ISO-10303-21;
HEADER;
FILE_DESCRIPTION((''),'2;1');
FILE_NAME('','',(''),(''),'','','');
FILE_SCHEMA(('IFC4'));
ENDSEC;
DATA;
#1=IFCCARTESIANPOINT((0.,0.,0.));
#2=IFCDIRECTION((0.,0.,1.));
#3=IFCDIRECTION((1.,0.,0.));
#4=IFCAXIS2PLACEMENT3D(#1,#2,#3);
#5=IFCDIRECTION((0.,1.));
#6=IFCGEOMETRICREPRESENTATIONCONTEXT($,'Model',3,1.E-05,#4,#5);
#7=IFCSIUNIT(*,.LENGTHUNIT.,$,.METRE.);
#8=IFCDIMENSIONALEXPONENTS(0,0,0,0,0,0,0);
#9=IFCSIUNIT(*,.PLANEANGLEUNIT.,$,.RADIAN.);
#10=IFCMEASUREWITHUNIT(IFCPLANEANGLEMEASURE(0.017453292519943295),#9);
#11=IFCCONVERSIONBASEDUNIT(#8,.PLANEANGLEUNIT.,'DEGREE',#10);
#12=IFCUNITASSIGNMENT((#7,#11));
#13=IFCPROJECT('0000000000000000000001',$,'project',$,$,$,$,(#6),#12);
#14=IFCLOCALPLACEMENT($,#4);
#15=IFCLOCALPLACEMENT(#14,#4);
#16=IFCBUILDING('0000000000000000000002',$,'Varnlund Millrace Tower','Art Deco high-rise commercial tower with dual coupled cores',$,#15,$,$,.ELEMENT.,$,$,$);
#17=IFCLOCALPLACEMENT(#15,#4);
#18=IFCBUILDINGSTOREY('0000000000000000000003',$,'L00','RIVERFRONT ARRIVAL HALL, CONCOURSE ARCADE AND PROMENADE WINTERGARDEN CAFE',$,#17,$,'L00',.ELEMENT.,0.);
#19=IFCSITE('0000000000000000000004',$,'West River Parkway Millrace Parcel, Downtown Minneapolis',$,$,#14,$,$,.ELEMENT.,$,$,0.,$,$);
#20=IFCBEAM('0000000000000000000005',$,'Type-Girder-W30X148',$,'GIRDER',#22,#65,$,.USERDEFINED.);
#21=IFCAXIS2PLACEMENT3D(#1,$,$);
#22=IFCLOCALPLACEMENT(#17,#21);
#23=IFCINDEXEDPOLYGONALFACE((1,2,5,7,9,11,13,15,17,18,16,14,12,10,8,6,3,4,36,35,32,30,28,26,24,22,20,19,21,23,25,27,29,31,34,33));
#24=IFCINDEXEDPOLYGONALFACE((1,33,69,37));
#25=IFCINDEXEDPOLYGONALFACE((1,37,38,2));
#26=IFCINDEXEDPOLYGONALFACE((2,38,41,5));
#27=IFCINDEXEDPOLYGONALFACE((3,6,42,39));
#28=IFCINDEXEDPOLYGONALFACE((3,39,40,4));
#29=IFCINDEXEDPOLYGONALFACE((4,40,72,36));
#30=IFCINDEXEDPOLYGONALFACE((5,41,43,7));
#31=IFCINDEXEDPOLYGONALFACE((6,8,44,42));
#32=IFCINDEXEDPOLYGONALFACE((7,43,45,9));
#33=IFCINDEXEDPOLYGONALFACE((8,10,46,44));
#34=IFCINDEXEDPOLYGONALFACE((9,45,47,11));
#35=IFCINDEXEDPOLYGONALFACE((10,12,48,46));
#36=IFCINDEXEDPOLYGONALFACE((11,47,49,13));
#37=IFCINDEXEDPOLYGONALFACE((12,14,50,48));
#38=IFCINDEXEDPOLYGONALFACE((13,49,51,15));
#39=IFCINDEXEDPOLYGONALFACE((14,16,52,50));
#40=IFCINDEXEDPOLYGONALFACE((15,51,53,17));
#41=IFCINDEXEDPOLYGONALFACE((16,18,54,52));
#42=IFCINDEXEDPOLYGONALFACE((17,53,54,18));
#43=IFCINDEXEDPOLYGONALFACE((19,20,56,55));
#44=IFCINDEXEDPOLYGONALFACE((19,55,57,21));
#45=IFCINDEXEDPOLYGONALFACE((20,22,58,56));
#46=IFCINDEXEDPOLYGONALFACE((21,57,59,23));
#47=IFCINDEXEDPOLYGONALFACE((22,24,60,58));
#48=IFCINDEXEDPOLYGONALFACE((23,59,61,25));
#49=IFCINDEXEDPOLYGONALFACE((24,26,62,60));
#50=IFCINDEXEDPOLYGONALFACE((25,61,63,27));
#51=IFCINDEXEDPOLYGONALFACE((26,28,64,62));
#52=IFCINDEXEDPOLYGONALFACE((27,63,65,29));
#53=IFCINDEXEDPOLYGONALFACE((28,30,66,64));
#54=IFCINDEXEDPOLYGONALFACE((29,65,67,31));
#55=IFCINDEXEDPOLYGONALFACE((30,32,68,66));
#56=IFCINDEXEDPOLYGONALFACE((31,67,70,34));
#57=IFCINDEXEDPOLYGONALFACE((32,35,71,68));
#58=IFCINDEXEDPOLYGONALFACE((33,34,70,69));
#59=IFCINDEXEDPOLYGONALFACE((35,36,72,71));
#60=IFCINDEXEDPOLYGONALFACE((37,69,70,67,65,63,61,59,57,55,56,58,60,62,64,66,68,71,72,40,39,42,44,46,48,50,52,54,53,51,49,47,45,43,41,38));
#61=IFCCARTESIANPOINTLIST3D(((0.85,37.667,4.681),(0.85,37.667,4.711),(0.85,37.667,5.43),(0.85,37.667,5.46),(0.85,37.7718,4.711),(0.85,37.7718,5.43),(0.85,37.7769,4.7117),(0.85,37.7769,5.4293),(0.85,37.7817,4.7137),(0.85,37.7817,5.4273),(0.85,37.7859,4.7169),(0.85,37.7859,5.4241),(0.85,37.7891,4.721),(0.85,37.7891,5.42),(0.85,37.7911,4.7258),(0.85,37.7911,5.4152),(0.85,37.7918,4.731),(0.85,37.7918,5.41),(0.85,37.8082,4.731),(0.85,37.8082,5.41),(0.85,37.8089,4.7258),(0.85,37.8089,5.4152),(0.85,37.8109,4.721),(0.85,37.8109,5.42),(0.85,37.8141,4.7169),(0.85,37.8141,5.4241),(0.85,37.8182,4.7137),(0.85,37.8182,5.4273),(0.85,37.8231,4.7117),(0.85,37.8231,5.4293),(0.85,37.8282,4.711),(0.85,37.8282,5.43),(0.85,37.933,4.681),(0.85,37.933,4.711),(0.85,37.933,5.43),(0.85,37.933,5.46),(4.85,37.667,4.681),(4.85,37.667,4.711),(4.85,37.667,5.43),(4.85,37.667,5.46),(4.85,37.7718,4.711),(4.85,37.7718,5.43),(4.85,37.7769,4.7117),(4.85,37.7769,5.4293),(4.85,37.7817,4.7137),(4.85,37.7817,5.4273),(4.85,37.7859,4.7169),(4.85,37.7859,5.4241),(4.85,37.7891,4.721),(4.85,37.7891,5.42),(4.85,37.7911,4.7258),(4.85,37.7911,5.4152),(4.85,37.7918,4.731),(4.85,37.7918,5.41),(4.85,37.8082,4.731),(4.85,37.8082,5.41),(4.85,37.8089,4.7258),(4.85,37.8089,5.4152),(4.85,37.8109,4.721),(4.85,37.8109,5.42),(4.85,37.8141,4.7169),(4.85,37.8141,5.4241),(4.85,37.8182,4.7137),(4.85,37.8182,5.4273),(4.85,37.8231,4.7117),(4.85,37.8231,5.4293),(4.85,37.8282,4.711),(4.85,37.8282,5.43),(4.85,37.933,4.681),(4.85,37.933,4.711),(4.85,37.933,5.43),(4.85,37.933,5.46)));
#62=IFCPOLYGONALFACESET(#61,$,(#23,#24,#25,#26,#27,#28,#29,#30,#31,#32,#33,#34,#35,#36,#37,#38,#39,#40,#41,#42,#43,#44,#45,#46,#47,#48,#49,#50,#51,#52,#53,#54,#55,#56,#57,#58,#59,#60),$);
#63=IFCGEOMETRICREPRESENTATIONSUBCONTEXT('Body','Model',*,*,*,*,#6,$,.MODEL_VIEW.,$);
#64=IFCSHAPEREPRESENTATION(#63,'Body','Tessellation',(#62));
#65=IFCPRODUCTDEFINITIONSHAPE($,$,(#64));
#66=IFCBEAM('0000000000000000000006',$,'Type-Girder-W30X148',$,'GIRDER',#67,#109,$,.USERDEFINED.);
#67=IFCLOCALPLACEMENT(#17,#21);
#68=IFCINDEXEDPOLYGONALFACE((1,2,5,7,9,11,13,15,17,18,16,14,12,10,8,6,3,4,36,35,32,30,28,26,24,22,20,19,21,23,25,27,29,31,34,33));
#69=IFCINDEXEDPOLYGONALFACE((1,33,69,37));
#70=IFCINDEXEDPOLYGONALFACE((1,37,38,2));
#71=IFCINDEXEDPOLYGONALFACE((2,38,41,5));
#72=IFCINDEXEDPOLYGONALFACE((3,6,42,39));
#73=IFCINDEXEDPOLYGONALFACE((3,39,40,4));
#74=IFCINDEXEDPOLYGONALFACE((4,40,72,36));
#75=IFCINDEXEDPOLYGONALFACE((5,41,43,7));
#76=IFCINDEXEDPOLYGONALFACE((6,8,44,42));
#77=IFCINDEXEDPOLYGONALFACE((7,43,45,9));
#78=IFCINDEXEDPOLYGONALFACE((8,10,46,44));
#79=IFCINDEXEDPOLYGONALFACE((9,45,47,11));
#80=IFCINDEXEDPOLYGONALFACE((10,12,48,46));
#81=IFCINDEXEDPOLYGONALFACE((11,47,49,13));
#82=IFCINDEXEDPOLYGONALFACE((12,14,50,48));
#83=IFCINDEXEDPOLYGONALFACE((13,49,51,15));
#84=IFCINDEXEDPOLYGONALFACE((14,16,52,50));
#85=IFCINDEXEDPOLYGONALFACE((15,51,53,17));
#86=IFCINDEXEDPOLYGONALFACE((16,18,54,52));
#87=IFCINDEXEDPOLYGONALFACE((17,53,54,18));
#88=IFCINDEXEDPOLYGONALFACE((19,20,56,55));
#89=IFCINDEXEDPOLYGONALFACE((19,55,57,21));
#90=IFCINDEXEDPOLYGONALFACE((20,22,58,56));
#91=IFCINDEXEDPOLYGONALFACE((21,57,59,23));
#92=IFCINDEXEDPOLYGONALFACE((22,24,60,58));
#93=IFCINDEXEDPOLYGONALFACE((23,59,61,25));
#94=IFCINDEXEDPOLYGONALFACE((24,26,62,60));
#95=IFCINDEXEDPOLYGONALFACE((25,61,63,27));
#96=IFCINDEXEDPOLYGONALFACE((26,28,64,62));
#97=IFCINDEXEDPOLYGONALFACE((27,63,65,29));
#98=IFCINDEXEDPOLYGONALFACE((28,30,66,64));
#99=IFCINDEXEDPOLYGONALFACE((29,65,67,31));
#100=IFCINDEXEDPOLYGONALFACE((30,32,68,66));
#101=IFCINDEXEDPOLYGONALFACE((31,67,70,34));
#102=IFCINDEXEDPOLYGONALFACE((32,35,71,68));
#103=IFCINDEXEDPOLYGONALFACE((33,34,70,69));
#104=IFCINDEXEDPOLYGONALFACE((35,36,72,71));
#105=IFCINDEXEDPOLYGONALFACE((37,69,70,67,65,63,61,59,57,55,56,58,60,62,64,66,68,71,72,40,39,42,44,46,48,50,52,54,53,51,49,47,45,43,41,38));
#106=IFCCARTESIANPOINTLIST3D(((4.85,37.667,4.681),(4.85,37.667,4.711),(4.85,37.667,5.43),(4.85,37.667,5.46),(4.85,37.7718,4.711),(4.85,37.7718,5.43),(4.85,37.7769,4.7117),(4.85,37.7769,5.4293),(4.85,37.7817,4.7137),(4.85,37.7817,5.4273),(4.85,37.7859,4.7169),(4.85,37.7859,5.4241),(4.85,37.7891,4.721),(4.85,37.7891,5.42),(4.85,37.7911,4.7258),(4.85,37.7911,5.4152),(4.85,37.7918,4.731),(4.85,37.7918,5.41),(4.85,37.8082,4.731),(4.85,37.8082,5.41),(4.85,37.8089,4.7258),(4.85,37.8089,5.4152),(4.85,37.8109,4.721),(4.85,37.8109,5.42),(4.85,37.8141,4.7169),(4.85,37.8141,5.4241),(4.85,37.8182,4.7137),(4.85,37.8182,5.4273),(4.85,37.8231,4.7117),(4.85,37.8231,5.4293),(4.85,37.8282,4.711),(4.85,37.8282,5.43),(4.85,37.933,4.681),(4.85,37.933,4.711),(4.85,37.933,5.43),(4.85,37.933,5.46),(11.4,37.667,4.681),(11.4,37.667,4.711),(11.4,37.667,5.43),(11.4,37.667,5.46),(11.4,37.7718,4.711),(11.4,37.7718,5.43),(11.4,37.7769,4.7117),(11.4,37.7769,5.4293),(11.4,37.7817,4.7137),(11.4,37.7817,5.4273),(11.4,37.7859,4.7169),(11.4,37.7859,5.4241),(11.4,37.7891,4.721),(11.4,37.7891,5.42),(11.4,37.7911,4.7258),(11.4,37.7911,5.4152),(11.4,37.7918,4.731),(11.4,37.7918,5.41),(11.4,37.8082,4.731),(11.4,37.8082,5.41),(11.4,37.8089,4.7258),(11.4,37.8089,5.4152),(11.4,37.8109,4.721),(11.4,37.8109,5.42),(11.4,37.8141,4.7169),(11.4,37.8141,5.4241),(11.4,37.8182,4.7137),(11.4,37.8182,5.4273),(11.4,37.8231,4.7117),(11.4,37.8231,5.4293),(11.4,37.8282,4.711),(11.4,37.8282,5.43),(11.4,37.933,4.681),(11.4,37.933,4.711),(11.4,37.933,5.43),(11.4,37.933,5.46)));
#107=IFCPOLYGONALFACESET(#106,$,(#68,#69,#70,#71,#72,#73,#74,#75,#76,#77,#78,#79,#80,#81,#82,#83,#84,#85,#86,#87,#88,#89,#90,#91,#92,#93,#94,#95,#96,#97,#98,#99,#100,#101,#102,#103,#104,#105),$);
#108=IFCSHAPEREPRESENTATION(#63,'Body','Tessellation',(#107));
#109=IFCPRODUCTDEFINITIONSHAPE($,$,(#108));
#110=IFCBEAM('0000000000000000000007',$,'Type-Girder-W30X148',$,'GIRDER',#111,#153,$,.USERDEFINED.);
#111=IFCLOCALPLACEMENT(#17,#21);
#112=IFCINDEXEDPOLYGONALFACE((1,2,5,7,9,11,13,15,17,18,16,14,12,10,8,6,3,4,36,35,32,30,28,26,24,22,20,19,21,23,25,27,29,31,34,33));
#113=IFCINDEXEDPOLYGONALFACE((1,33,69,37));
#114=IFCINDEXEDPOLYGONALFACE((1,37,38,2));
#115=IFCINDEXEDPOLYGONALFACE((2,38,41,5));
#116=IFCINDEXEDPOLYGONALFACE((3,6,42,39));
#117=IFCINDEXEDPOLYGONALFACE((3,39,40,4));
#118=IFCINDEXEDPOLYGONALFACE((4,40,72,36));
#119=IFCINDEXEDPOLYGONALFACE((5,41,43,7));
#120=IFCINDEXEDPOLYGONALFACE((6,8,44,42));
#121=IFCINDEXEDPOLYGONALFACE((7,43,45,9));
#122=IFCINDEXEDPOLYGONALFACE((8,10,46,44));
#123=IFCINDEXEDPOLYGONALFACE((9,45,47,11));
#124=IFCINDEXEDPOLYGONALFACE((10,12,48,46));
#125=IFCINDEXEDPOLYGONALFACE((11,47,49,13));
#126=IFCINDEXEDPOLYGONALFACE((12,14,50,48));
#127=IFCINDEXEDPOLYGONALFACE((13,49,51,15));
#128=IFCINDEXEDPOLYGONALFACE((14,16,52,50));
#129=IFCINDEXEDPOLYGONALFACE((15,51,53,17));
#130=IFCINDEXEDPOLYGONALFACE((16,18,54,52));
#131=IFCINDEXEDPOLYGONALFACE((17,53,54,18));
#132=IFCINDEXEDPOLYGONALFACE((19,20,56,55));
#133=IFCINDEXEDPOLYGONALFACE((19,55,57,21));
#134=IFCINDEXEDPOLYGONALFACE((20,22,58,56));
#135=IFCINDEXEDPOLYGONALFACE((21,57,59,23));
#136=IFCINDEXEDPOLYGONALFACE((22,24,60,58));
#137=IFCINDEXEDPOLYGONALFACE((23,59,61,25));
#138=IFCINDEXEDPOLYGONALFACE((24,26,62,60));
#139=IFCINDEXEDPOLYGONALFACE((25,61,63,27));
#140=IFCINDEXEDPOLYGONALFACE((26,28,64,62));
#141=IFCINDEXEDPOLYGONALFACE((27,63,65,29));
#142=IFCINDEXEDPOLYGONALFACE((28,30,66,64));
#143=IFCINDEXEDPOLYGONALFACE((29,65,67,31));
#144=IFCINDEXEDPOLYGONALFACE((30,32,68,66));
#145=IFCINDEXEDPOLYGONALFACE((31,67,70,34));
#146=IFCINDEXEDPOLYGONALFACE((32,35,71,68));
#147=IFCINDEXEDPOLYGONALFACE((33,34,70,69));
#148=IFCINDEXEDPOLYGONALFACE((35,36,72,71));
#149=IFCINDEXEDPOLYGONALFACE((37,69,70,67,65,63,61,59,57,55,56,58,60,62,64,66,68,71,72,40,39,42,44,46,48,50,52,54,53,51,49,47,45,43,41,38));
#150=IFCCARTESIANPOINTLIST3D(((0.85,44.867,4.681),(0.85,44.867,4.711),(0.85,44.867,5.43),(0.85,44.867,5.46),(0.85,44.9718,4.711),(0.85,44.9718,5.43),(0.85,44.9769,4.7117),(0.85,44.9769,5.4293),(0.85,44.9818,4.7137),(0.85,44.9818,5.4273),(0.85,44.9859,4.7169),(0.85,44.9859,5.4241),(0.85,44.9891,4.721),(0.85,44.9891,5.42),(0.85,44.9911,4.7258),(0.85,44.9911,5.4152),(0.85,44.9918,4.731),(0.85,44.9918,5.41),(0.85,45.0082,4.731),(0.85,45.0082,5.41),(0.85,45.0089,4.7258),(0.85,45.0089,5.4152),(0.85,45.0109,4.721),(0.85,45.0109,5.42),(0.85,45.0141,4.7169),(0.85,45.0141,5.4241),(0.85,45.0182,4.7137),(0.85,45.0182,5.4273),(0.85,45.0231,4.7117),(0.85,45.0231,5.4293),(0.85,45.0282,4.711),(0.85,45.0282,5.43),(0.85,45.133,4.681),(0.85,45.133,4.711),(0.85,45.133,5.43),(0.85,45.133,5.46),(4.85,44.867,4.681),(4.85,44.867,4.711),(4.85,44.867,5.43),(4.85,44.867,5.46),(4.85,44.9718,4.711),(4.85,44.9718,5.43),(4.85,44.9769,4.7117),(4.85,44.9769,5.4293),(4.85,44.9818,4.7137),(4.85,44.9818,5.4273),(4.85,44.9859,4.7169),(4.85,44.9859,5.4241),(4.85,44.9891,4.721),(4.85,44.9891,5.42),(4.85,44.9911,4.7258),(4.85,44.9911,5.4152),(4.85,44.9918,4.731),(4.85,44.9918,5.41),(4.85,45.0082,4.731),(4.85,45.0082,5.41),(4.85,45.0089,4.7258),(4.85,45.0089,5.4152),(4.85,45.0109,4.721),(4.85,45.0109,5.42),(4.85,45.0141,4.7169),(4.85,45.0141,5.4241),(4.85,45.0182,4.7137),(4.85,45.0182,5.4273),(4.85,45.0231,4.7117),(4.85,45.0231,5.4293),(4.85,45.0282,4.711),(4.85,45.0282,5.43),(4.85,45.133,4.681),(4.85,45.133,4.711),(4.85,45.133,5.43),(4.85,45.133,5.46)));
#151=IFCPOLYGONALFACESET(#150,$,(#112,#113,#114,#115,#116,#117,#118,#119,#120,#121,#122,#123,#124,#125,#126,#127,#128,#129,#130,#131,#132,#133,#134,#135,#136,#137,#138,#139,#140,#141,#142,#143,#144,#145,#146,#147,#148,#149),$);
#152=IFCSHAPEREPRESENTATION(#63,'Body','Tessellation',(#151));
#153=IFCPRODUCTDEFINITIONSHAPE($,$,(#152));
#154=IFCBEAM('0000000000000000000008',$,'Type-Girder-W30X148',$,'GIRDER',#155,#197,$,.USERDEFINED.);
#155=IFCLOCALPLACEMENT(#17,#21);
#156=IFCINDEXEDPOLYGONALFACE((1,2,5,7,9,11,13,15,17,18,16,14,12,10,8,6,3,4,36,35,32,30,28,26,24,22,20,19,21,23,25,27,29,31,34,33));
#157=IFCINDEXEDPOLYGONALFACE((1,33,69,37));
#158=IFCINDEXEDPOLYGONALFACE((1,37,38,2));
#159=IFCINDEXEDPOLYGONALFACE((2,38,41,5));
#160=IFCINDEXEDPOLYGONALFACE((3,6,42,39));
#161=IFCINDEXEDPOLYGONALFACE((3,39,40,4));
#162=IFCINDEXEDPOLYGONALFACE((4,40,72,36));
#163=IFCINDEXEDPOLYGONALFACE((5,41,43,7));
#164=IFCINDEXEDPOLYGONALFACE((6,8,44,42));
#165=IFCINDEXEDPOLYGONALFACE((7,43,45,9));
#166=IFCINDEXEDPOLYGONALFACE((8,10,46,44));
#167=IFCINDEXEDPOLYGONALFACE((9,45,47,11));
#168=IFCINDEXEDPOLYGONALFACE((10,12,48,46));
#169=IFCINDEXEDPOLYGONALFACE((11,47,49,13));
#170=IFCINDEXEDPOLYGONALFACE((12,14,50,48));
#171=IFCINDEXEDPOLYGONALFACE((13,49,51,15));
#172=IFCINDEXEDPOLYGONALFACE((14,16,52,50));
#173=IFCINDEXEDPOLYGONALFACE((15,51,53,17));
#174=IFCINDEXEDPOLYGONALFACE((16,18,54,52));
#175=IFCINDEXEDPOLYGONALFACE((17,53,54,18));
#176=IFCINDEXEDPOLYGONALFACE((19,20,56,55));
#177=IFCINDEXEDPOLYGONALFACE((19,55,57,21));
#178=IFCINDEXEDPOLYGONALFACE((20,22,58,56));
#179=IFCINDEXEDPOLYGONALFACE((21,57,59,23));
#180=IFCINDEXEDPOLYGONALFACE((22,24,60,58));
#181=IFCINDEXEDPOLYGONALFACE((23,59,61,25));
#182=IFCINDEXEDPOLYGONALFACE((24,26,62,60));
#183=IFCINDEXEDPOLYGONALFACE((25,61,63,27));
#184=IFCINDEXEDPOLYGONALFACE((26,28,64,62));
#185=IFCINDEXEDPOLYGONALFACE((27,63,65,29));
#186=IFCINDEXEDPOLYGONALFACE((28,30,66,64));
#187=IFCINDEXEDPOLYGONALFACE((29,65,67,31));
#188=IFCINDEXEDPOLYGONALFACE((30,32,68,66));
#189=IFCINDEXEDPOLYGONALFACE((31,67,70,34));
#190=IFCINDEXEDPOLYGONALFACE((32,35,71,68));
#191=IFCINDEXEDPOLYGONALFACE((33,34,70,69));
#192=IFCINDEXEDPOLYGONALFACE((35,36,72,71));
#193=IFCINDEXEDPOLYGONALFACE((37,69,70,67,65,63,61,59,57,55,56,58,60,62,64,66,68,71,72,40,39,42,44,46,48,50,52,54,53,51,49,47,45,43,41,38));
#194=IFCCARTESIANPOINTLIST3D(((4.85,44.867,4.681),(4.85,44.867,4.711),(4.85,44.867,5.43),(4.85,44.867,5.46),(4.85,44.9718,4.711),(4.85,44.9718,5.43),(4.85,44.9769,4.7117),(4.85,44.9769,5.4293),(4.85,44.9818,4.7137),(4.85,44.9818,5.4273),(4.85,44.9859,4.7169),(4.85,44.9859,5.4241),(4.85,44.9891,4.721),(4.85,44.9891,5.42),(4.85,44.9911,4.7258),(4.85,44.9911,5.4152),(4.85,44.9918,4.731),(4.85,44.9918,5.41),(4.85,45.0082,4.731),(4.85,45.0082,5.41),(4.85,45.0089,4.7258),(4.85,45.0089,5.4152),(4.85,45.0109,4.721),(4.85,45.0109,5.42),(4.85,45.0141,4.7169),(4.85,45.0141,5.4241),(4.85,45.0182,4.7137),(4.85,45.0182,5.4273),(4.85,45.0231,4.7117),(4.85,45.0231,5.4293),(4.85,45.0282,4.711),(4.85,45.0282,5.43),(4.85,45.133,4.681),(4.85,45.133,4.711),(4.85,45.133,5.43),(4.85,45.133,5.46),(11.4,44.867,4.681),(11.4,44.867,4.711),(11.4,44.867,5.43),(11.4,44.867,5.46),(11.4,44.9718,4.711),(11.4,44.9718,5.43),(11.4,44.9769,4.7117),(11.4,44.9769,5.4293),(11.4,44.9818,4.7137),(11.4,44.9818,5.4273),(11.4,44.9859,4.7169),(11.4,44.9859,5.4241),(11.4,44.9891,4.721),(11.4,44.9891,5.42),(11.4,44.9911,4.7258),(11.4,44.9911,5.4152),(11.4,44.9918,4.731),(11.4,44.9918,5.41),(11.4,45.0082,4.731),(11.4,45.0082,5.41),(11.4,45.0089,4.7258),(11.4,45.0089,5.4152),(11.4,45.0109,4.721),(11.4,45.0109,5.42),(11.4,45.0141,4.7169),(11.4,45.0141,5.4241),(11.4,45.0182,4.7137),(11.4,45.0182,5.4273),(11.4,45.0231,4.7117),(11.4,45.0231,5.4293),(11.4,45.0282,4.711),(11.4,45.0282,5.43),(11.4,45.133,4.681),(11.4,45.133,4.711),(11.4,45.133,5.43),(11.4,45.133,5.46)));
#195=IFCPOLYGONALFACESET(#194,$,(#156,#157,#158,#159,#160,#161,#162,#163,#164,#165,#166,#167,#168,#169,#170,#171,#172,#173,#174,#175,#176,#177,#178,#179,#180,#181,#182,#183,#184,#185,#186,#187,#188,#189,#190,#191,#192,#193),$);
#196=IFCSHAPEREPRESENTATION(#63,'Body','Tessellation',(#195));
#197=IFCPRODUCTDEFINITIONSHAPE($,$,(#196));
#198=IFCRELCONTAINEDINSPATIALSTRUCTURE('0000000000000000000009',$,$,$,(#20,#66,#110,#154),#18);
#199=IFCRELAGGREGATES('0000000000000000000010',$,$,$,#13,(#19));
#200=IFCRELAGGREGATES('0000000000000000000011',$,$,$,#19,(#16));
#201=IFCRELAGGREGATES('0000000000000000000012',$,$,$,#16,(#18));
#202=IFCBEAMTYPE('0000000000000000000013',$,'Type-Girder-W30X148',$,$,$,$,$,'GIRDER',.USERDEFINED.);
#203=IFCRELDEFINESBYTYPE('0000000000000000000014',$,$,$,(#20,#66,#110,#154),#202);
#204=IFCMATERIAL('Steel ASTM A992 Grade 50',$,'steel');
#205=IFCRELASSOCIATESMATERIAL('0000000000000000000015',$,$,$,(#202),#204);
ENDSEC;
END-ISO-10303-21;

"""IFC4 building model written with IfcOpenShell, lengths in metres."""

from ifc_helpers import new_model, entity, si_unit, converted_unit, direction, frame, origin_with_axes, origin_2d_with_axis, place, context, subcontext, project, spatial, i_section, extrude, material, material_profile, profile_set, type_object, element, save


model = new_model("IFC4")

# Units and contexts
model_context = context("Model", 3, precision=1e-05, world=origin_with_axes(), true_north=direction((0.0, 1.0)))
body_context = subcontext(model_context, "Body", "Model", "MODEL_VIEW")
ifc_project = project(units=[si_unit("LENGTHUNIT", "METRE"), converted_unit("PLANEANGLEUNIT", "DEGREE", entity("IfcPlaneAngleMeasure", 0.017453292519943295), si_unit("PLANEANGLEUNIT", "RADIAN"), dimensions=[0, 0, 0, 0, 0, 0, 0])], contexts=[model_context])

# Site, building, storey
site_placement = place(None, origin_with_axes())
site = spatial("IfcSite", under=ifc_project, at=site_placement, Name="West River Parkway Millrace Parcel, Downtown Minneapolis", CompositionType="ELEMENT", RefElevation=0.0)
building_placement = place(site_placement, origin_with_axes())
building = spatial("IfcBuilding", under=site, at=building_placement, Name="Varnlund Millrace Tower", Description="Art Deco high-rise commercial tower with dual coupled cores", CompositionType="ELEMENT")
storey_placement = place(building_placement, origin_with_axes())
storey = spatial("IfcBuildingStorey", under=building, at=storey_placement, Name="L00", Description="RIVERFRONT ARRIVAL HALL, CONCOURSE ARCADE AND PROMENADE WINTERGARDEN CAFE", LongName="L00", CompositionType="ELEMENT", Elevation=0.0)

# Beams
ifc_material_1 = material(Name="Steel ASTM A992 Grade 50", Category="steel")
ifc_material_profile_1 = material_profile(ifc_material_1, i_section(OverallWidth=0.266, OverallDepth=0.779, WebThickness=0.0165, FlangeThickness=0.03, FilletRadius=0.02, at=origin_2d_with_axis()), Name="Steel ASTM A992 Grade 50")
ifc_profile_set_1 = profile_set([ifc_material_profile_1], Name="Steel ASTM A992 Grade 50")
beam_type_1 = type_object("IfcBeamType", Name="Type-Girder-W30X148", ElementType="GIRDER", PredefinedType="USERDEFINED", material=ifc_profile_set_1)
beam_1_placement = place(storey_placement, frame((0.85, 37.8, 5.0705), z_axis=(1.0, 0.0, 0.0), x_axis=(0.0, 1.0, 0.0)))
element("IfcBeam", 1, at=beam_1_placement, inside=storey, type_object=beam_type_1, Name="Type-Girder-W30X148", ObjectType="GIRDER", PredefinedType="USERDEFINED", context=body_context, shape_type="SweptSolid", body=[
    extrude(i_section(OverallWidth=0.266, OverallDepth=0.779, WebThickness=0.0165, FlangeThickness=0.03, FilletRadius=0.02, at=origin_2d_with_axis()), origin_with_axes(), (0.0, 0.0, 1.0), 4.0),
])
beam_2_placement = place(storey_placement, frame((4.85, 37.8, 5.0705), z_axis=(1.0, 0.0, 0.0), x_axis=(0.0, 1.0, 0.0)))
element("IfcBeam", 2, at=beam_2_placement, inside=storey, type_object=beam_type_1, Name="Type-Girder-W30X148", ObjectType="GIRDER", PredefinedType="USERDEFINED", context=body_context, shape_type="SweptSolid", body=[
    extrude(i_section(OverallWidth=0.266, OverallDepth=0.779, WebThickness=0.0165, FlangeThickness=0.03, FilletRadius=0.02, at=origin_2d_with_axis()), origin_with_axes(), (0.0, 0.0, 1.0), 6.55),
])
beam_3_placement = place(storey_placement, frame((0.85, 45.0, 5.0705), z_axis=(1.0, 0.0, 0.0), x_axis=(0.0, 1.0, 0.0)))
element("IfcBeam", 3, at=beam_3_placement, inside=storey, type_object=beam_type_1, Name="Type-Girder-W30X148", ObjectType="GIRDER", PredefinedType="USERDEFINED", context=body_context, shape_type="SweptSolid", body=[
    extrude(i_section(OverallWidth=0.266, OverallDepth=0.779, WebThickness=0.0165, FlangeThickness=0.03, FilletRadius=0.02, at=origin_2d_with_axis()), origin_with_axes(), (0.0, 0.0, 1.0), 4.0),
])
beam_4_placement = place(storey_placement, frame((4.85, 45.0, 5.0705), z_axis=(1.0, 0.0, 0.0), x_axis=(0.0, 1.0, 0.0)))
element("IfcBeam", 4, at=beam_4_placement, inside=storey, type_object=beam_type_1, Name="Type-Girder-W30X148", ObjectType="GIRDER", PredefinedType="USERDEFINED", context=body_context, shape_type="SweptSolid", body=[
    extrude(i_section(OverallWidth=0.266, OverallDepth=0.779, WebThickness=0.0165, FlangeThickness=0.03, FilletRadius=0.02, at=origin_2d_with_axis()), origin_with_axes(), (0.0, 0.0, 1.0), 6.55),
])

save(model, "model.ifc")
